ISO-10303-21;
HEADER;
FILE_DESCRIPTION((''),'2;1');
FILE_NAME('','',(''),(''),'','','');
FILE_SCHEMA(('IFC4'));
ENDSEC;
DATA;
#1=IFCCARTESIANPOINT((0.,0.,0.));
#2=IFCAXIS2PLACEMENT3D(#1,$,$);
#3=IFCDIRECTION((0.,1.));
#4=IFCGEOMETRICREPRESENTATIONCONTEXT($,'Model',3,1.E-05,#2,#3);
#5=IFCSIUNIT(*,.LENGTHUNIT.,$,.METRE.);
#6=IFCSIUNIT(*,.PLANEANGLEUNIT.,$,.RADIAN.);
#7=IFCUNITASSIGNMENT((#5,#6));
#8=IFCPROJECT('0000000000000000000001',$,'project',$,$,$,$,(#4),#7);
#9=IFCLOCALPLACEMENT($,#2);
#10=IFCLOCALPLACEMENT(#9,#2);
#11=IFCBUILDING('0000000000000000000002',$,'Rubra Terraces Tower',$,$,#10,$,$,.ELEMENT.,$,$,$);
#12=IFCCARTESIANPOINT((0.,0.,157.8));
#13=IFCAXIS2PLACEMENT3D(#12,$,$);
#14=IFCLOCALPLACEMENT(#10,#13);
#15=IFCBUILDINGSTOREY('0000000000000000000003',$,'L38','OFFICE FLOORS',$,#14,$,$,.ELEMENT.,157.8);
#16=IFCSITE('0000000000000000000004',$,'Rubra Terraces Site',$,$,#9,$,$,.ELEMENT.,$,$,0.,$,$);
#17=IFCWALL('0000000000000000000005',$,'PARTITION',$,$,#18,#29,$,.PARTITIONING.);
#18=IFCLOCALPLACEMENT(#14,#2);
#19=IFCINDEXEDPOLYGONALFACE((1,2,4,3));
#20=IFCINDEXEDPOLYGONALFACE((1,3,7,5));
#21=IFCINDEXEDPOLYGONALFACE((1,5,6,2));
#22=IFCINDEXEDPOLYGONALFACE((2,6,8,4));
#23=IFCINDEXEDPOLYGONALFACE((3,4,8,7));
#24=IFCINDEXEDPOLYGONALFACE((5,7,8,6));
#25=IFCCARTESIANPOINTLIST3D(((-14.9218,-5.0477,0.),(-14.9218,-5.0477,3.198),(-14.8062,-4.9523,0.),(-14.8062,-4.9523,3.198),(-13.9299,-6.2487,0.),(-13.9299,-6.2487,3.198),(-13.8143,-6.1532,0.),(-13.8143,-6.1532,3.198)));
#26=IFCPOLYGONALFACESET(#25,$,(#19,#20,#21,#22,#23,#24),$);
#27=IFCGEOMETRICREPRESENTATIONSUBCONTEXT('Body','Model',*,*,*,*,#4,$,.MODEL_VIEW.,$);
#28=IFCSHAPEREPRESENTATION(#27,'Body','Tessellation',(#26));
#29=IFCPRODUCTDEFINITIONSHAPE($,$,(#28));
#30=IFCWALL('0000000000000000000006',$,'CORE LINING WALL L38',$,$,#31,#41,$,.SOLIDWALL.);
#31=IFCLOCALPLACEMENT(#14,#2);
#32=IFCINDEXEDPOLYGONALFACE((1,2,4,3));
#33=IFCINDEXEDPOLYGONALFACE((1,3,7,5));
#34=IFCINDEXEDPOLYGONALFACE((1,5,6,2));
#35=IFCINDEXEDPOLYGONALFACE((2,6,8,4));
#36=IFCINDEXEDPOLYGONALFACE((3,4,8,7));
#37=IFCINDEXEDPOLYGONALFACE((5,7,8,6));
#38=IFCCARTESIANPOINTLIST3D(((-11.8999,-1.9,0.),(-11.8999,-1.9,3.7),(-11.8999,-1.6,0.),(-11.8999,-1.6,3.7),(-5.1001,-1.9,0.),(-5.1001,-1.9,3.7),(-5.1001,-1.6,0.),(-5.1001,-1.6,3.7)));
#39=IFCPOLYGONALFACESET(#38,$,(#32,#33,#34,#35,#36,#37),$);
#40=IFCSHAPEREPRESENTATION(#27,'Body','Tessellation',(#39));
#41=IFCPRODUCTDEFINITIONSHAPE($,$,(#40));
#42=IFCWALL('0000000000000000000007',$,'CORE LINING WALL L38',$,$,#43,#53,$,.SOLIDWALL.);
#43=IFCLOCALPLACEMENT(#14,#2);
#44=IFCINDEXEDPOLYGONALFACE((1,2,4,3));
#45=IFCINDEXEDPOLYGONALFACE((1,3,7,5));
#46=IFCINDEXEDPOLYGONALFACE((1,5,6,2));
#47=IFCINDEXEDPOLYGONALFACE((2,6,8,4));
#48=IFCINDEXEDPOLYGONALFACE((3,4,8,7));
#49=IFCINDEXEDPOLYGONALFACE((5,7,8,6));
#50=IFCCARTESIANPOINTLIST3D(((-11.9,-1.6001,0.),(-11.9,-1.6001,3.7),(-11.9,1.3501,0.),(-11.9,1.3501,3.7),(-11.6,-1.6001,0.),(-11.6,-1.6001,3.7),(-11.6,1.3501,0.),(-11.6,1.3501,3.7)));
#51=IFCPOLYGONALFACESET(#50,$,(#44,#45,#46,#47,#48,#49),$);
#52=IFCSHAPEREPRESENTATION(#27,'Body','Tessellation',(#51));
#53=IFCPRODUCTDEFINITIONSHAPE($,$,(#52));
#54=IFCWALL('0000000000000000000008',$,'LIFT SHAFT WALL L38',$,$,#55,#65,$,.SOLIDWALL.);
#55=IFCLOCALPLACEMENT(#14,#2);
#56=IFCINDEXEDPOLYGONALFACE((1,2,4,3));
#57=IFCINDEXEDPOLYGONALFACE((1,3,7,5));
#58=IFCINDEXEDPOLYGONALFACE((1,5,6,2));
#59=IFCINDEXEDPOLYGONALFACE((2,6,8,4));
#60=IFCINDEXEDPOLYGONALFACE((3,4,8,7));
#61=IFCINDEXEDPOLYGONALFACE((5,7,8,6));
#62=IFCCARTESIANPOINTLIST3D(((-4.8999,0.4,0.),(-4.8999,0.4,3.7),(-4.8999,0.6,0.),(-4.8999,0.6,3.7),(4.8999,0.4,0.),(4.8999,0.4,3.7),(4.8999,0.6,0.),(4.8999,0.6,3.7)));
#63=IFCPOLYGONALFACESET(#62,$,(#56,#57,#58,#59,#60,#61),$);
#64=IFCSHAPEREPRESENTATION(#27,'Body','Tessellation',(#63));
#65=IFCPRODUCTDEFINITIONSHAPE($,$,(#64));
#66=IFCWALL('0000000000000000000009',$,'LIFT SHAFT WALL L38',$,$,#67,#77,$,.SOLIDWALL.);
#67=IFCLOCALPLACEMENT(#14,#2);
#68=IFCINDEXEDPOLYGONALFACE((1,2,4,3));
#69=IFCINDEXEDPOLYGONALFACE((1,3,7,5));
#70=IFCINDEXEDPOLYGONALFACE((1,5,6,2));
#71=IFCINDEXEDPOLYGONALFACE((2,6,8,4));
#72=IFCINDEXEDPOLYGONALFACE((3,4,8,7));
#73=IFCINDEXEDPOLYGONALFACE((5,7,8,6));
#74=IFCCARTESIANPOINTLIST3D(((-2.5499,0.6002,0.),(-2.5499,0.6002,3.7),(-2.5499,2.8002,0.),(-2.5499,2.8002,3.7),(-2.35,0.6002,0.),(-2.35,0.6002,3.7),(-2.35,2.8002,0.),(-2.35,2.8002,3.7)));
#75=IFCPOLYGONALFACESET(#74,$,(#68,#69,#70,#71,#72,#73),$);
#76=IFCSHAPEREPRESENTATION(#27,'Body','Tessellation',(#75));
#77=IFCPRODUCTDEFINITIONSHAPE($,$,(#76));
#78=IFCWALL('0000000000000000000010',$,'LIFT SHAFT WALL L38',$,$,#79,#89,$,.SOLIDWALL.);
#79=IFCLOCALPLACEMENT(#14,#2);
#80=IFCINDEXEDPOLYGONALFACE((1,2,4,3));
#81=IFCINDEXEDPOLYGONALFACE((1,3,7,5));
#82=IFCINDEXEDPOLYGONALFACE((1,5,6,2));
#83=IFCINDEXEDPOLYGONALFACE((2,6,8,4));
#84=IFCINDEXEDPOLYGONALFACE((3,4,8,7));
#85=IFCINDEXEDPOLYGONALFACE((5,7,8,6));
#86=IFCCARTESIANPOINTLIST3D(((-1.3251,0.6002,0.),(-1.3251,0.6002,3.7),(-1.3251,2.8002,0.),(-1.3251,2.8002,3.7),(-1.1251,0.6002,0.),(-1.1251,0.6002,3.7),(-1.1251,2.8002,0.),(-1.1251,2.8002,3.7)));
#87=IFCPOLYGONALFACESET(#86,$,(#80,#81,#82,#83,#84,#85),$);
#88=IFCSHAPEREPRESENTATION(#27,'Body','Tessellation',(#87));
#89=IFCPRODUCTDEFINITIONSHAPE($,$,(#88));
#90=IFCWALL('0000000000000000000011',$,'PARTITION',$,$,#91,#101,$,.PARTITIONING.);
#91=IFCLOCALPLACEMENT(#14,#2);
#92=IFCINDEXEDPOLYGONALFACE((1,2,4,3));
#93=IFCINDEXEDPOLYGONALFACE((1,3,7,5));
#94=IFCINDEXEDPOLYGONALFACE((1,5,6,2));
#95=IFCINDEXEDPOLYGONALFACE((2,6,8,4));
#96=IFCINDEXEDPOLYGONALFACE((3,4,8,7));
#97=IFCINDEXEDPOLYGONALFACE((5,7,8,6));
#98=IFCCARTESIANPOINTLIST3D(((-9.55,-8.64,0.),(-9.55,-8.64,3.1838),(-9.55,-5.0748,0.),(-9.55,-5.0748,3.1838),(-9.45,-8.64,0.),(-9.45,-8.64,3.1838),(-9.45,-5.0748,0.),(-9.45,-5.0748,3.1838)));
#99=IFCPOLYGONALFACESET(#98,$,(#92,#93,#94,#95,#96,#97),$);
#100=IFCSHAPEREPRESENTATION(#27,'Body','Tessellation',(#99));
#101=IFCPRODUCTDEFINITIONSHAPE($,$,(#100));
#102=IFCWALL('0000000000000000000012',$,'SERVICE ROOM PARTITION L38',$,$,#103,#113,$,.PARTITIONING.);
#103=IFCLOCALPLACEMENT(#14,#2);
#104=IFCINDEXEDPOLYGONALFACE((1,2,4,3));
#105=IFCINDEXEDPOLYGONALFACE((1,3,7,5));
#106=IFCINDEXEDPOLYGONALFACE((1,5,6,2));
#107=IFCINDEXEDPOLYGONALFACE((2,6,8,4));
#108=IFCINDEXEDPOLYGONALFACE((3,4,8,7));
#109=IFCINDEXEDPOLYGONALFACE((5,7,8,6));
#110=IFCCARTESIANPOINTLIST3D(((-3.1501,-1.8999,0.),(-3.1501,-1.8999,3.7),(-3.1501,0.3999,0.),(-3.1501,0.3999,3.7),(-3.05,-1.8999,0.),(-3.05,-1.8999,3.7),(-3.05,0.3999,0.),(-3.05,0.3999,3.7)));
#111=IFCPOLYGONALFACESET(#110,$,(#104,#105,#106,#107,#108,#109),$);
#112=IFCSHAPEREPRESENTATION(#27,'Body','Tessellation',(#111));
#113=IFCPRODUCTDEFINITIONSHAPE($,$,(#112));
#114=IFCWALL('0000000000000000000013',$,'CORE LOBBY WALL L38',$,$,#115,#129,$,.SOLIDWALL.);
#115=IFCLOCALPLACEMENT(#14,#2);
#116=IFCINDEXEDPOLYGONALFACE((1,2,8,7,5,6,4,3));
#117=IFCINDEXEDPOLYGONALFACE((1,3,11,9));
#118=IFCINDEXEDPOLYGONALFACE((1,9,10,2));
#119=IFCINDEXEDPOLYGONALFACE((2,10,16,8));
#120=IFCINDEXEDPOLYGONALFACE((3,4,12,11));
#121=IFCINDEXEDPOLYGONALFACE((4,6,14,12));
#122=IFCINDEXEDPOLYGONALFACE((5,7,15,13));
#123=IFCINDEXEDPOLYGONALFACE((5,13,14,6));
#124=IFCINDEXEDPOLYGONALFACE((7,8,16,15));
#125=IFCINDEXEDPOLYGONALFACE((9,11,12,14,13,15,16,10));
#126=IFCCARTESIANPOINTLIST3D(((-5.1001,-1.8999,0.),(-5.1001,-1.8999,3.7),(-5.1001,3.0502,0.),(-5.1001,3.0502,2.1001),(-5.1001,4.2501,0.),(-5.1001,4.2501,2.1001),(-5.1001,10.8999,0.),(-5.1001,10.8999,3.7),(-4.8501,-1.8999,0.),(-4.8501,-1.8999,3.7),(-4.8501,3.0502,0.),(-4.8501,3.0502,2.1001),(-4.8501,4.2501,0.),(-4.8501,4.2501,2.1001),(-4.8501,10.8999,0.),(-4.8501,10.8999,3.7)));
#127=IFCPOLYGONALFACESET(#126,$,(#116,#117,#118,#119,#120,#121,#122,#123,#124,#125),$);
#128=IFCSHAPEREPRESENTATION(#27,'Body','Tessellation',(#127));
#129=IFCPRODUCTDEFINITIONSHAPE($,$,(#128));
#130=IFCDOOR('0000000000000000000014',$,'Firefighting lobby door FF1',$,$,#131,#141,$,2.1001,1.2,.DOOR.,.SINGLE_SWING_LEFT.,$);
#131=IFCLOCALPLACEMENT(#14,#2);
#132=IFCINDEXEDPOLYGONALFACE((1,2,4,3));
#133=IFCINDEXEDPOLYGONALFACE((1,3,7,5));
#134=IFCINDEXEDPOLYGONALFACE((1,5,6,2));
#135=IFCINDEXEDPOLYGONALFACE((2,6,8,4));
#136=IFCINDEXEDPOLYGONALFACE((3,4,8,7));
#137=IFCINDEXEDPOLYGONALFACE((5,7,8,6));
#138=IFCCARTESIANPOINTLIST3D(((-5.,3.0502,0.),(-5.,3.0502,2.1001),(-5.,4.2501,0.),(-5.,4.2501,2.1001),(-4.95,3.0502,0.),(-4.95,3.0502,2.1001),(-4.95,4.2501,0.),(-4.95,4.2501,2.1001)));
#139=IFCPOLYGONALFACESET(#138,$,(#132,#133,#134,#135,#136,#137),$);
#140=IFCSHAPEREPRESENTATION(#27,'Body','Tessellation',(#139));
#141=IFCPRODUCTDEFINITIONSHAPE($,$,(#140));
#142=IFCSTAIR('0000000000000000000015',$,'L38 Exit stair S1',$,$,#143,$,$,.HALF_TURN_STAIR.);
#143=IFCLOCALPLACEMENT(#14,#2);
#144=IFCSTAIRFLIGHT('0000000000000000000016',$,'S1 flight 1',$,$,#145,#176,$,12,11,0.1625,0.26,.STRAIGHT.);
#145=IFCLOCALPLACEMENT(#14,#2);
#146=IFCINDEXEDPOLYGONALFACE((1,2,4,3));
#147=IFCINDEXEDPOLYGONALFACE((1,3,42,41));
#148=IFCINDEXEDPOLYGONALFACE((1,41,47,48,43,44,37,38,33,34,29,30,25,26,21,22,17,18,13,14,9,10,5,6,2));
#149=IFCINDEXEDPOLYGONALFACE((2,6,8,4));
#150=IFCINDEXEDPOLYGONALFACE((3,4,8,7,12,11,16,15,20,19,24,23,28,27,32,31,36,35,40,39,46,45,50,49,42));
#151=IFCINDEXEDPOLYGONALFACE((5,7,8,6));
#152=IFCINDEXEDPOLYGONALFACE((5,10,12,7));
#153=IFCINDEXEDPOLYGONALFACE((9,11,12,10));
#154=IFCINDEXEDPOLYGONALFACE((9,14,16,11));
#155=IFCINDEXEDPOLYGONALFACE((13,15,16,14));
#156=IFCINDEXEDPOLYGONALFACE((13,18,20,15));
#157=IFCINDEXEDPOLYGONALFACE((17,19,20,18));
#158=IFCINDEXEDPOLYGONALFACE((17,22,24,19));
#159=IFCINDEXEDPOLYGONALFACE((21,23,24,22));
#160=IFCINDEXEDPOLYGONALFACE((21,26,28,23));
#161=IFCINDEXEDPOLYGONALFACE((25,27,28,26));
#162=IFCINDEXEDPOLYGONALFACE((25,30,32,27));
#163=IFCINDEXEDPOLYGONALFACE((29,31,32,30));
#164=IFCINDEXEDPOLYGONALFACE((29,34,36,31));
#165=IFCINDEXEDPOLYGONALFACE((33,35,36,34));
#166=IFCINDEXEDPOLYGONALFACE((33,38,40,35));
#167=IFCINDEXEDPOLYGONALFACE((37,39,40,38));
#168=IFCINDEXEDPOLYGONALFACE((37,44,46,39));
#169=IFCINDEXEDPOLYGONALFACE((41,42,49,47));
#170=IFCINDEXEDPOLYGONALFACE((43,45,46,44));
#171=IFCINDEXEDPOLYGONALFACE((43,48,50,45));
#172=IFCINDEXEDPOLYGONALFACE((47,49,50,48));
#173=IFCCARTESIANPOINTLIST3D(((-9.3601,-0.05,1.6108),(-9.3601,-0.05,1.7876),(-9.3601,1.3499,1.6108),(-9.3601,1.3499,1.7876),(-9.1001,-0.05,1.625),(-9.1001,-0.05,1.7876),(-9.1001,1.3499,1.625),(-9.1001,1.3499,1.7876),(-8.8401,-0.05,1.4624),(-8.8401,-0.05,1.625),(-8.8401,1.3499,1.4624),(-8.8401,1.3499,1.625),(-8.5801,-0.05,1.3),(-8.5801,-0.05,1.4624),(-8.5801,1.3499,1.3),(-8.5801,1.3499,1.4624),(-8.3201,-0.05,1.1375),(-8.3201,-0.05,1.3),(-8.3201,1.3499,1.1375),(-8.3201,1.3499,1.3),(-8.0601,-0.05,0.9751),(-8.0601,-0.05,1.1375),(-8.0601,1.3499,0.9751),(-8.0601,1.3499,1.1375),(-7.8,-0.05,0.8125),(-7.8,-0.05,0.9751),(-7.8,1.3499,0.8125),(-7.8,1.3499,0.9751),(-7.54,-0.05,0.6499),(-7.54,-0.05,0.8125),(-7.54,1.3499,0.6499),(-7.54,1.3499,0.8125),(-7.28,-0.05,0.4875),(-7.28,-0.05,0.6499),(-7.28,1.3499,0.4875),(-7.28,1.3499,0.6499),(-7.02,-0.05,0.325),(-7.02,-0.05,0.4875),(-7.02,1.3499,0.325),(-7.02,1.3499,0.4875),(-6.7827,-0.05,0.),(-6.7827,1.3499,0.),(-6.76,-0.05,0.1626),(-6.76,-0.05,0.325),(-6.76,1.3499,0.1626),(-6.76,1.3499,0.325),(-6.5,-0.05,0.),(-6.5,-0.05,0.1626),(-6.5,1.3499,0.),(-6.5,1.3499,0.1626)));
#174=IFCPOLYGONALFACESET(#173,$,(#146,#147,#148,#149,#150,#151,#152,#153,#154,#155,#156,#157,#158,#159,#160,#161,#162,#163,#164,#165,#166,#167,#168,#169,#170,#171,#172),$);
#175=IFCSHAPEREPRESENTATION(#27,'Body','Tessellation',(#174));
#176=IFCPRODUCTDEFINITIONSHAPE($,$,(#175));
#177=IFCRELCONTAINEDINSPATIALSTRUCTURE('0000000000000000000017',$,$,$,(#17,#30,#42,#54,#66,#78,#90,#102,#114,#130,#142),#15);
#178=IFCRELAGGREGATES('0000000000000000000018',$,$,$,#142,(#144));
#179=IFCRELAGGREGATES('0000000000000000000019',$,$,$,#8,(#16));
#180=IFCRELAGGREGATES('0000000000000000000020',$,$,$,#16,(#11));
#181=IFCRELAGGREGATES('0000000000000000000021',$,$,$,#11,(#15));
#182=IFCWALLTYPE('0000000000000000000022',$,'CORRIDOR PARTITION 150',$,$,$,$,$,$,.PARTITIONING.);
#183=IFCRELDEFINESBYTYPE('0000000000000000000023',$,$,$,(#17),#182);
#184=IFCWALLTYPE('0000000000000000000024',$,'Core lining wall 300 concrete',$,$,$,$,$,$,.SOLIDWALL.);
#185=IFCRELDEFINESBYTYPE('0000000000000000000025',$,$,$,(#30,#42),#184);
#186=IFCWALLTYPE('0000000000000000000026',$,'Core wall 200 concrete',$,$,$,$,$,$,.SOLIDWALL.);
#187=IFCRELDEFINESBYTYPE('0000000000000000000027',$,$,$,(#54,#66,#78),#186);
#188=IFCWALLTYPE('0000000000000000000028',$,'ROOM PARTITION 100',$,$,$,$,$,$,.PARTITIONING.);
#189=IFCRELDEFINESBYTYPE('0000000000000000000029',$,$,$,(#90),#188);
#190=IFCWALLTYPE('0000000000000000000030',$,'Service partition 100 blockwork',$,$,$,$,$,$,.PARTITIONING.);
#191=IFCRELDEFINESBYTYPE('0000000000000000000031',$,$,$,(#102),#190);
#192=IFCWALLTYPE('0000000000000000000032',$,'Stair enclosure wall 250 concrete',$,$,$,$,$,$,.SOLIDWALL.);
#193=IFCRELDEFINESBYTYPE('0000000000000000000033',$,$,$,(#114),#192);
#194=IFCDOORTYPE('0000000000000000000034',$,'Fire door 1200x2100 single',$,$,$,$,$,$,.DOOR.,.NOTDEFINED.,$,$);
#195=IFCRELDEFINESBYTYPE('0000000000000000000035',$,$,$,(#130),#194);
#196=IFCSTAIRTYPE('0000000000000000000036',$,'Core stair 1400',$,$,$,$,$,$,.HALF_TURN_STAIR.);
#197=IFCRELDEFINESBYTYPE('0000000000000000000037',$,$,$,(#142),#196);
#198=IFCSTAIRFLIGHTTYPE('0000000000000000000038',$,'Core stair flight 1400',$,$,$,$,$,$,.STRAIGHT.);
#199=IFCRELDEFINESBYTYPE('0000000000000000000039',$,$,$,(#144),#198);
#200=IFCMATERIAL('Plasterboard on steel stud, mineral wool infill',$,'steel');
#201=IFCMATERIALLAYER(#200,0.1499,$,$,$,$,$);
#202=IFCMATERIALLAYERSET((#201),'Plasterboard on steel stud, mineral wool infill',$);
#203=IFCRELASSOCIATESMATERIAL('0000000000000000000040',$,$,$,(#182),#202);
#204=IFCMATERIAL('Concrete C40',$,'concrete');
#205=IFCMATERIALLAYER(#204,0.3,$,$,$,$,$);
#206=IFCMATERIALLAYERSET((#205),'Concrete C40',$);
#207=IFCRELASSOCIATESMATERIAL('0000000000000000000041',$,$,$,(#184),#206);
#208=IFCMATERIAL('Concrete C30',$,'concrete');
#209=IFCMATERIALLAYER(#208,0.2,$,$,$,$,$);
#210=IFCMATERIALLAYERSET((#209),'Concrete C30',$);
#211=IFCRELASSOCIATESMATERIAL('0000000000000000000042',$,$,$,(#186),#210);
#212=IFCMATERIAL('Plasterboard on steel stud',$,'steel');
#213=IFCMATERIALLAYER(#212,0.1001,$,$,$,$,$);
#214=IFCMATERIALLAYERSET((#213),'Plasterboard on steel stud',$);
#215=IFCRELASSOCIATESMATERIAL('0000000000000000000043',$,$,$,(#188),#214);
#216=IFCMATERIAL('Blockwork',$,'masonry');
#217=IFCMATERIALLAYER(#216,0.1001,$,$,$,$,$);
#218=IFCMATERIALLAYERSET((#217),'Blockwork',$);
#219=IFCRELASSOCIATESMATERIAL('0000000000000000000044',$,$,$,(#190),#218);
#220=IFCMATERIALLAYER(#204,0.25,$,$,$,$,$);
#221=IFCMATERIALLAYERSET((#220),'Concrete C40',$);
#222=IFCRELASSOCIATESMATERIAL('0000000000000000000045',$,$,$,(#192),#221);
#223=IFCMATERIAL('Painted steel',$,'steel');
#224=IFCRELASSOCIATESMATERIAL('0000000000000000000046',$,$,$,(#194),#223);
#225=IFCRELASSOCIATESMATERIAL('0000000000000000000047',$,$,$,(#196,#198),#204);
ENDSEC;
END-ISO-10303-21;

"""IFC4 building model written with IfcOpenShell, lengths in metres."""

from ifc_helpers import new_model, si_unit, direction, frame, frame_2d, origin, place, context, subcontext, project, spatial, polyline, rectangle, outline, extrude, material, layer, layer_set, type_object, element, fill, aggregate, save


model = new_model("IFC4")

# Units and contexts
model_context = context("Model", 3, precision=1e-05, world=origin(), true_north=direction((0.0, 1.0)))
body_context = subcontext(model_context, "Body", "Model", "MODEL_VIEW")
ifc_project = project(units=[si_unit("LENGTHUNIT", "METRE"), si_unit("PLANEANGLEUNIT", "RADIAN")], contexts=[model_context])

# Site, building, storey
site_placement = place(None, origin())
site = spatial("IfcSite", under=ifc_project, at=site_placement, Name="Rubra Terraces Site", CompositionType="ELEMENT", RefElevation=0.0)
building_placement = place(site_placement, origin())
building = spatial("IfcBuilding", under=site, at=building_placement, Name="Rubra Terraces Tower", CompositionType="ELEMENT")
storey_placement = place(building_placement, frame((0.0, 0.0, 157.8)))
storey = spatial("IfcBuildingStorey", under=building, at=storey_placement, Name="L38", Description="OFFICE FLOORS", CompositionType="ELEMENT", Elevation=157.8)

# Shared definitions
ifc_material_1 = material(Name="Painted steel", Category="steel")

# Walls
ifc_material_2 = material(Name="Plasterboard on steel stud, mineral wool infill", Category="steel")
ifc_layer_1 = layer(ifc_material_2, 0.1499)
ifc_layer_set_1 = layer_set([ifc_layer_1], Name="Plasterboard on steel stud, mineral wool infill")
wall_type_1 = type_object("IfcWallType", Name="CORRIDOR PARTITION 150", PredefinedType="PARTITIONING", material=ifc_layer_set_1)
wall_1_placement = place(storey_placement, frame((-13.8721, -6.2009, 0.0), z_axis=(0.0, 0.0, 1.0), x_axis=(-0.636833, 0.771002, 0.0)))
element("IfcWall", 1, at=wall_1_placement, inside=storey, type_object=wall_type_1, Name="PARTITION", PredefinedType="PARTITIONING", context=body_context, shape_type="SweptSolid", body=[
    extrude(rectangle(XDim=1.5576, YDim=0.1499, at=frame_2d((0.7788, 0.0))), origin(), (0.0, 0.0, 1.0), 3.198),
])
ifc_material_3 = material(Name="Concrete C40", Category="concrete")
ifc_layer_2 = layer(ifc_material_3, 0.3)
ifc_layer_set_2 = layer_set([ifc_layer_2], Name="Concrete C40")
wall_type_2 = type_object("IfcWallType", Name="Core lining wall 300 concrete", PredefinedType="SOLIDWALL", material=ifc_layer_set_2)
wall_2_placement = place(storey_placement, frame((-11.8999, -1.75, 0.0), z_axis=(0.0, 0.0, 1.0), x_axis=(1.0, 0.0, 0.0)))
element("IfcWall", 2, at=wall_2_placement, inside=storey, type_object=wall_type_2, Name="CORE LINING WALL L38", PredefinedType="SOLIDWALL", context=body_context, shape_type="SweptSolid", body=[
    extrude(rectangle(XDim=6.7998, YDim=0.3, at=frame_2d((3.3999, 0.0))), origin(), (0.0, 0.0, 1.0), 3.7),
])
wall_3_placement = place(storey_placement, frame((-11.75, -1.6001, 0.0), z_axis=(0.0, 0.0, 1.0), x_axis=(0.0, 1.0, 0.0)))
element("IfcWall", 3, at=wall_3_placement, inside=storey, type_object=wall_type_2, Name="CORE LINING WALL L38", PredefinedType="SOLIDWALL", context=body_context, shape_type="SweptSolid", body=[
    extrude(rectangle(XDim=2.9502, YDim=0.3, at=frame_2d((1.4751, 0.0))), origin(), (0.0, 0.0, 1.0), 3.7),
])
ifc_material_4 = material(Name="Concrete C30", Category="concrete")
ifc_layer_3 = layer(ifc_material_4, 0.2)
ifc_layer_set_3 = layer_set([ifc_layer_3], Name="Concrete C30")
wall_type_3 = type_object("IfcWallType", Name="Core wall 200 concrete", PredefinedType="SOLIDWALL", material=ifc_layer_set_3)
wall_4_placement = place(storey_placement, frame((-4.8999, 0.5, 0.0), z_axis=(0.0, 0.0, 1.0), x_axis=(1.0, 0.0, 0.0)))
element("IfcWall", 4, at=wall_4_placement, inside=storey, type_object=wall_type_3, Name="LIFT SHAFT WALL L38", PredefinedType="SOLIDWALL", context=body_context, shape_type="SweptSolid", body=[
    extrude(rectangle(XDim=9.7998, YDim=0.2, at=frame_2d((4.8999, 0.0))), origin(), (0.0, 0.0, 1.0), 3.7),
])
for number, where, z_axis, x_axis, name in (
    (5, (-2.45, 0.6001, 0.0), (0.0, 0.0, 1.0), (0.0, 1.0, 0.0), "LIFT SHAFT WALL L38"),
    (6, (-1.2251, 0.6001, 0.0), (0.0, 0.0, 1.0), (0.0, 1.0, 0.0), "LIFT SHAFT WALL L38"),
):
    element("IfcWall", number, at=place(storey_placement, frame(where, z_axis=z_axis, x_axis=x_axis)), inside=storey, type_object=wall_type_3, Name=name, PredefinedType="SOLIDWALL", context=body_context, shape_type="SweptSolid", body=[
        extrude(rectangle(XDim=2.2, YDim=0.2, at=frame_2d((1.1001, 0.0))), origin(), (0.0, 0.0, 1.0), 3.7),
    ])
ifc_material_5 = material(Name="Plasterboard on steel stud", Category="steel")
ifc_layer_4 = layer(ifc_material_5, 0.1001)
ifc_layer_set_4 = layer_set([ifc_layer_4], Name="Plasterboard on steel stud")
wall_type_4 = type_object("IfcWallType", Name="ROOM PARTITION 100", PredefinedType="PARTITIONING", material=ifc_layer_set_4)
wall_5_placement = place(storey_placement, frame((-9.5, -8.6401, 0.0), z_axis=(0.0, 0.0, 1.0), x_axis=(0.0, 1.0, 0.0)))
element("IfcWall", 7, at=wall_5_placement, inside=storey, type_object=wall_type_4, Name="PARTITION", PredefinedType="PARTITIONING", context=body_context, shape_type="SweptSolid", body=[
    extrude(rectangle(XDim=3.5652, YDim=0.1001, at=frame_2d((1.7827, 0.0))), origin(), (0.0, 0.0, 1.0), 3.1838),
])
ifc_material_6 = material(Name="Blockwork", Category="masonry")
ifc_layer_5 = layer(ifc_material_6, 0.1001)
ifc_layer_set_5 = layer_set([ifc_layer_5], Name="Blockwork")
wall_type_5 = type_object("IfcWallType", Name="Service partition 100 blockwork", PredefinedType="PARTITIONING", material=ifc_layer_set_5)
wall_6_placement = place(storey_placement, frame((-3.1001, -1.8999, 0.0), z_axis=(0.0, 0.0, 1.0), x_axis=(0.0, 1.0, 0.0)))
element("IfcWall", 8, at=wall_6_placement, inside=storey, type_object=wall_type_5, Name="SERVICE ROOM PARTITION L38", PredefinedType="PARTITIONING", context=body_context, shape_type="SweptSolid", body=[
    extrude(rectangle(XDim=2.2998, YDim=0.1001, at=frame_2d((1.1499, 0.0))), origin(), (0.0, 0.0, 1.0), 3.7),
])

# Wall, opening, door
ifc_layer_6 = layer(ifc_material_3, 0.25)
ifc_layer_set_6 = layer_set([ifc_layer_6], Name="Concrete C40")
wall_type_6 = type_object("IfcWallType", Name="Stair enclosure wall 250 concrete", PredefinedType="SOLIDWALL", material=ifc_layer_set_6)
wall_7_placement = place(storey_placement, frame((-4.9751, -1.8999, 0.0), z_axis=(0.0, 0.0, 1.0), x_axis=(0.0, 1.0, 0.0)))
wall_7 = element("IfcWall", 9, at=wall_7_placement, inside=storey, type_object=wall_type_6, Name="CORE LOBBY WALL L38", PredefinedType="SOLIDWALL", context=body_context, shape_type="SweptSolid", body=[
    extrude(rectangle(XDim=12.7998, YDim=0.25, at=frame_2d((6.3999, 0.0))), origin(), (0.0, 0.0, 1.0), 3.7),
])
opening_1_placement = place(wall_7_placement, frame((4.95, 0.0, 0.0)))
opening_1 = element("IfcOpeningElement", 10, at=opening_1_placement, cuts=wall_7, PredefinedType="OPENING", context=body_context, shape_type="SweptSolid", body=[
    extrude(rectangle(XDim=1.2, YDim=2.1001, at=frame_2d((0.6001, 1.05))), frame((0.0, 0.135, 0.0), z_axis=(0.0, -1.0, 0.0), x_axis=(1.0, 0.0, 0.0)), (0.0, 0.0, 1.0), 0.27),
])
door_type_1 = type_object("IfcDoorType", Name="Fire door 1200x2100 single", OperationType="NOTDEFINED", PredefinedType="DOOR", material=ifc_material_1)
door_1_placement = place(opening_1_placement, origin())
door_1 = element("IfcDoor", 11, at=door_1_placement, inside=storey, type_object=door_type_1, Name="Firefighting lobby door FF1", OperationType="SINGLE_SWING_LEFT", OverallHeight=2.1001, OverallWidth=1.2, PredefinedType="DOOR", context=body_context, shape_type="SweptSolid", body=[
    extrude(rectangle(XDim=1.2, YDim=2.1001, at=frame_2d((0.6001, 1.05))), frame((0.0, 0.0249, 0.0), z_axis=(0.0, -1.0, 0.0), x_axis=(1.0, 0.0, 0.0)), (0.0, 0.0, 1.0), 0.05),
])
fill(opening_1, door_1)

# Stair, stair flight
stair_type = type_object("IfcStairType", Name="Core stair 1400", PredefinedType="HALF_TURN_STAIR", material=ifc_material_3)
stair_placement = place(storey_placement, origin())
stair = element("IfcStair", 12, at=stair_placement, inside=storey, type_object=stair_type, Name="L38 Exit stair S1", PredefinedType="HALF_TURN_STAIR")
stair_flight_type = type_object("IfcStairFlightType", Name="Core stair flight 1400", PredefinedType="STRAIGHT", material=ifc_material_3)
stair_flight_1_placement = place(storey_placement, frame((-6.5, 0.6499, 0.0), z_axis=(0.0, 0.0, 1.0), x_axis=(-1.0, 0.0, 0.0)))
stair_flight_1 = element("IfcStairFlight", 13, at=stair_flight_1_placement, type_object=stair_flight_type, Name="S1 flight 1", NumberOfRisers=12, NumberOfTreads=11, PredefinedType="STRAIGHT", RiserHeight=0.1625, TreadLength=0.26, context=body_context, shape_type="SweptSolid", body=[
    extrude(outline(polyline([(0.0, 0.0), (0.0, 0.1626), (0.26, 0.1626), (0.26, 0.325), (0.52, 0.325), (0.52, 0.4875), (0.78, 0.4875), (0.78, 0.6499), (1.04, 0.6499), (1.04, 0.8125), (1.3, 0.8125), (1.3, 0.9751), (1.5601, 0.9751), (1.5601, 1.1375), (1.8201, 1.1375), (1.8201, 1.3), (2.0801, 1.3), (2.0801, 1.4624), (2.3401, 1.4624), (2.3401, 1.625), (2.6001, 1.625), (2.6001, 1.7876), (2.8601, 1.7876), (2.8601, 1.95), (2.8601, 1.6108), (0.2827, 0.0), (0.0, 0.0)])), frame((0.0, 0.7, 0.0), z_axis=(0.0, -1.0, 0.0), x_axis=(1.0, 0.0, 0.0)), (0.0, 0.0, 1.0), 1.3999),
])
aggregate(stair, [stair_flight_1])

save(model, "model.ifc")
